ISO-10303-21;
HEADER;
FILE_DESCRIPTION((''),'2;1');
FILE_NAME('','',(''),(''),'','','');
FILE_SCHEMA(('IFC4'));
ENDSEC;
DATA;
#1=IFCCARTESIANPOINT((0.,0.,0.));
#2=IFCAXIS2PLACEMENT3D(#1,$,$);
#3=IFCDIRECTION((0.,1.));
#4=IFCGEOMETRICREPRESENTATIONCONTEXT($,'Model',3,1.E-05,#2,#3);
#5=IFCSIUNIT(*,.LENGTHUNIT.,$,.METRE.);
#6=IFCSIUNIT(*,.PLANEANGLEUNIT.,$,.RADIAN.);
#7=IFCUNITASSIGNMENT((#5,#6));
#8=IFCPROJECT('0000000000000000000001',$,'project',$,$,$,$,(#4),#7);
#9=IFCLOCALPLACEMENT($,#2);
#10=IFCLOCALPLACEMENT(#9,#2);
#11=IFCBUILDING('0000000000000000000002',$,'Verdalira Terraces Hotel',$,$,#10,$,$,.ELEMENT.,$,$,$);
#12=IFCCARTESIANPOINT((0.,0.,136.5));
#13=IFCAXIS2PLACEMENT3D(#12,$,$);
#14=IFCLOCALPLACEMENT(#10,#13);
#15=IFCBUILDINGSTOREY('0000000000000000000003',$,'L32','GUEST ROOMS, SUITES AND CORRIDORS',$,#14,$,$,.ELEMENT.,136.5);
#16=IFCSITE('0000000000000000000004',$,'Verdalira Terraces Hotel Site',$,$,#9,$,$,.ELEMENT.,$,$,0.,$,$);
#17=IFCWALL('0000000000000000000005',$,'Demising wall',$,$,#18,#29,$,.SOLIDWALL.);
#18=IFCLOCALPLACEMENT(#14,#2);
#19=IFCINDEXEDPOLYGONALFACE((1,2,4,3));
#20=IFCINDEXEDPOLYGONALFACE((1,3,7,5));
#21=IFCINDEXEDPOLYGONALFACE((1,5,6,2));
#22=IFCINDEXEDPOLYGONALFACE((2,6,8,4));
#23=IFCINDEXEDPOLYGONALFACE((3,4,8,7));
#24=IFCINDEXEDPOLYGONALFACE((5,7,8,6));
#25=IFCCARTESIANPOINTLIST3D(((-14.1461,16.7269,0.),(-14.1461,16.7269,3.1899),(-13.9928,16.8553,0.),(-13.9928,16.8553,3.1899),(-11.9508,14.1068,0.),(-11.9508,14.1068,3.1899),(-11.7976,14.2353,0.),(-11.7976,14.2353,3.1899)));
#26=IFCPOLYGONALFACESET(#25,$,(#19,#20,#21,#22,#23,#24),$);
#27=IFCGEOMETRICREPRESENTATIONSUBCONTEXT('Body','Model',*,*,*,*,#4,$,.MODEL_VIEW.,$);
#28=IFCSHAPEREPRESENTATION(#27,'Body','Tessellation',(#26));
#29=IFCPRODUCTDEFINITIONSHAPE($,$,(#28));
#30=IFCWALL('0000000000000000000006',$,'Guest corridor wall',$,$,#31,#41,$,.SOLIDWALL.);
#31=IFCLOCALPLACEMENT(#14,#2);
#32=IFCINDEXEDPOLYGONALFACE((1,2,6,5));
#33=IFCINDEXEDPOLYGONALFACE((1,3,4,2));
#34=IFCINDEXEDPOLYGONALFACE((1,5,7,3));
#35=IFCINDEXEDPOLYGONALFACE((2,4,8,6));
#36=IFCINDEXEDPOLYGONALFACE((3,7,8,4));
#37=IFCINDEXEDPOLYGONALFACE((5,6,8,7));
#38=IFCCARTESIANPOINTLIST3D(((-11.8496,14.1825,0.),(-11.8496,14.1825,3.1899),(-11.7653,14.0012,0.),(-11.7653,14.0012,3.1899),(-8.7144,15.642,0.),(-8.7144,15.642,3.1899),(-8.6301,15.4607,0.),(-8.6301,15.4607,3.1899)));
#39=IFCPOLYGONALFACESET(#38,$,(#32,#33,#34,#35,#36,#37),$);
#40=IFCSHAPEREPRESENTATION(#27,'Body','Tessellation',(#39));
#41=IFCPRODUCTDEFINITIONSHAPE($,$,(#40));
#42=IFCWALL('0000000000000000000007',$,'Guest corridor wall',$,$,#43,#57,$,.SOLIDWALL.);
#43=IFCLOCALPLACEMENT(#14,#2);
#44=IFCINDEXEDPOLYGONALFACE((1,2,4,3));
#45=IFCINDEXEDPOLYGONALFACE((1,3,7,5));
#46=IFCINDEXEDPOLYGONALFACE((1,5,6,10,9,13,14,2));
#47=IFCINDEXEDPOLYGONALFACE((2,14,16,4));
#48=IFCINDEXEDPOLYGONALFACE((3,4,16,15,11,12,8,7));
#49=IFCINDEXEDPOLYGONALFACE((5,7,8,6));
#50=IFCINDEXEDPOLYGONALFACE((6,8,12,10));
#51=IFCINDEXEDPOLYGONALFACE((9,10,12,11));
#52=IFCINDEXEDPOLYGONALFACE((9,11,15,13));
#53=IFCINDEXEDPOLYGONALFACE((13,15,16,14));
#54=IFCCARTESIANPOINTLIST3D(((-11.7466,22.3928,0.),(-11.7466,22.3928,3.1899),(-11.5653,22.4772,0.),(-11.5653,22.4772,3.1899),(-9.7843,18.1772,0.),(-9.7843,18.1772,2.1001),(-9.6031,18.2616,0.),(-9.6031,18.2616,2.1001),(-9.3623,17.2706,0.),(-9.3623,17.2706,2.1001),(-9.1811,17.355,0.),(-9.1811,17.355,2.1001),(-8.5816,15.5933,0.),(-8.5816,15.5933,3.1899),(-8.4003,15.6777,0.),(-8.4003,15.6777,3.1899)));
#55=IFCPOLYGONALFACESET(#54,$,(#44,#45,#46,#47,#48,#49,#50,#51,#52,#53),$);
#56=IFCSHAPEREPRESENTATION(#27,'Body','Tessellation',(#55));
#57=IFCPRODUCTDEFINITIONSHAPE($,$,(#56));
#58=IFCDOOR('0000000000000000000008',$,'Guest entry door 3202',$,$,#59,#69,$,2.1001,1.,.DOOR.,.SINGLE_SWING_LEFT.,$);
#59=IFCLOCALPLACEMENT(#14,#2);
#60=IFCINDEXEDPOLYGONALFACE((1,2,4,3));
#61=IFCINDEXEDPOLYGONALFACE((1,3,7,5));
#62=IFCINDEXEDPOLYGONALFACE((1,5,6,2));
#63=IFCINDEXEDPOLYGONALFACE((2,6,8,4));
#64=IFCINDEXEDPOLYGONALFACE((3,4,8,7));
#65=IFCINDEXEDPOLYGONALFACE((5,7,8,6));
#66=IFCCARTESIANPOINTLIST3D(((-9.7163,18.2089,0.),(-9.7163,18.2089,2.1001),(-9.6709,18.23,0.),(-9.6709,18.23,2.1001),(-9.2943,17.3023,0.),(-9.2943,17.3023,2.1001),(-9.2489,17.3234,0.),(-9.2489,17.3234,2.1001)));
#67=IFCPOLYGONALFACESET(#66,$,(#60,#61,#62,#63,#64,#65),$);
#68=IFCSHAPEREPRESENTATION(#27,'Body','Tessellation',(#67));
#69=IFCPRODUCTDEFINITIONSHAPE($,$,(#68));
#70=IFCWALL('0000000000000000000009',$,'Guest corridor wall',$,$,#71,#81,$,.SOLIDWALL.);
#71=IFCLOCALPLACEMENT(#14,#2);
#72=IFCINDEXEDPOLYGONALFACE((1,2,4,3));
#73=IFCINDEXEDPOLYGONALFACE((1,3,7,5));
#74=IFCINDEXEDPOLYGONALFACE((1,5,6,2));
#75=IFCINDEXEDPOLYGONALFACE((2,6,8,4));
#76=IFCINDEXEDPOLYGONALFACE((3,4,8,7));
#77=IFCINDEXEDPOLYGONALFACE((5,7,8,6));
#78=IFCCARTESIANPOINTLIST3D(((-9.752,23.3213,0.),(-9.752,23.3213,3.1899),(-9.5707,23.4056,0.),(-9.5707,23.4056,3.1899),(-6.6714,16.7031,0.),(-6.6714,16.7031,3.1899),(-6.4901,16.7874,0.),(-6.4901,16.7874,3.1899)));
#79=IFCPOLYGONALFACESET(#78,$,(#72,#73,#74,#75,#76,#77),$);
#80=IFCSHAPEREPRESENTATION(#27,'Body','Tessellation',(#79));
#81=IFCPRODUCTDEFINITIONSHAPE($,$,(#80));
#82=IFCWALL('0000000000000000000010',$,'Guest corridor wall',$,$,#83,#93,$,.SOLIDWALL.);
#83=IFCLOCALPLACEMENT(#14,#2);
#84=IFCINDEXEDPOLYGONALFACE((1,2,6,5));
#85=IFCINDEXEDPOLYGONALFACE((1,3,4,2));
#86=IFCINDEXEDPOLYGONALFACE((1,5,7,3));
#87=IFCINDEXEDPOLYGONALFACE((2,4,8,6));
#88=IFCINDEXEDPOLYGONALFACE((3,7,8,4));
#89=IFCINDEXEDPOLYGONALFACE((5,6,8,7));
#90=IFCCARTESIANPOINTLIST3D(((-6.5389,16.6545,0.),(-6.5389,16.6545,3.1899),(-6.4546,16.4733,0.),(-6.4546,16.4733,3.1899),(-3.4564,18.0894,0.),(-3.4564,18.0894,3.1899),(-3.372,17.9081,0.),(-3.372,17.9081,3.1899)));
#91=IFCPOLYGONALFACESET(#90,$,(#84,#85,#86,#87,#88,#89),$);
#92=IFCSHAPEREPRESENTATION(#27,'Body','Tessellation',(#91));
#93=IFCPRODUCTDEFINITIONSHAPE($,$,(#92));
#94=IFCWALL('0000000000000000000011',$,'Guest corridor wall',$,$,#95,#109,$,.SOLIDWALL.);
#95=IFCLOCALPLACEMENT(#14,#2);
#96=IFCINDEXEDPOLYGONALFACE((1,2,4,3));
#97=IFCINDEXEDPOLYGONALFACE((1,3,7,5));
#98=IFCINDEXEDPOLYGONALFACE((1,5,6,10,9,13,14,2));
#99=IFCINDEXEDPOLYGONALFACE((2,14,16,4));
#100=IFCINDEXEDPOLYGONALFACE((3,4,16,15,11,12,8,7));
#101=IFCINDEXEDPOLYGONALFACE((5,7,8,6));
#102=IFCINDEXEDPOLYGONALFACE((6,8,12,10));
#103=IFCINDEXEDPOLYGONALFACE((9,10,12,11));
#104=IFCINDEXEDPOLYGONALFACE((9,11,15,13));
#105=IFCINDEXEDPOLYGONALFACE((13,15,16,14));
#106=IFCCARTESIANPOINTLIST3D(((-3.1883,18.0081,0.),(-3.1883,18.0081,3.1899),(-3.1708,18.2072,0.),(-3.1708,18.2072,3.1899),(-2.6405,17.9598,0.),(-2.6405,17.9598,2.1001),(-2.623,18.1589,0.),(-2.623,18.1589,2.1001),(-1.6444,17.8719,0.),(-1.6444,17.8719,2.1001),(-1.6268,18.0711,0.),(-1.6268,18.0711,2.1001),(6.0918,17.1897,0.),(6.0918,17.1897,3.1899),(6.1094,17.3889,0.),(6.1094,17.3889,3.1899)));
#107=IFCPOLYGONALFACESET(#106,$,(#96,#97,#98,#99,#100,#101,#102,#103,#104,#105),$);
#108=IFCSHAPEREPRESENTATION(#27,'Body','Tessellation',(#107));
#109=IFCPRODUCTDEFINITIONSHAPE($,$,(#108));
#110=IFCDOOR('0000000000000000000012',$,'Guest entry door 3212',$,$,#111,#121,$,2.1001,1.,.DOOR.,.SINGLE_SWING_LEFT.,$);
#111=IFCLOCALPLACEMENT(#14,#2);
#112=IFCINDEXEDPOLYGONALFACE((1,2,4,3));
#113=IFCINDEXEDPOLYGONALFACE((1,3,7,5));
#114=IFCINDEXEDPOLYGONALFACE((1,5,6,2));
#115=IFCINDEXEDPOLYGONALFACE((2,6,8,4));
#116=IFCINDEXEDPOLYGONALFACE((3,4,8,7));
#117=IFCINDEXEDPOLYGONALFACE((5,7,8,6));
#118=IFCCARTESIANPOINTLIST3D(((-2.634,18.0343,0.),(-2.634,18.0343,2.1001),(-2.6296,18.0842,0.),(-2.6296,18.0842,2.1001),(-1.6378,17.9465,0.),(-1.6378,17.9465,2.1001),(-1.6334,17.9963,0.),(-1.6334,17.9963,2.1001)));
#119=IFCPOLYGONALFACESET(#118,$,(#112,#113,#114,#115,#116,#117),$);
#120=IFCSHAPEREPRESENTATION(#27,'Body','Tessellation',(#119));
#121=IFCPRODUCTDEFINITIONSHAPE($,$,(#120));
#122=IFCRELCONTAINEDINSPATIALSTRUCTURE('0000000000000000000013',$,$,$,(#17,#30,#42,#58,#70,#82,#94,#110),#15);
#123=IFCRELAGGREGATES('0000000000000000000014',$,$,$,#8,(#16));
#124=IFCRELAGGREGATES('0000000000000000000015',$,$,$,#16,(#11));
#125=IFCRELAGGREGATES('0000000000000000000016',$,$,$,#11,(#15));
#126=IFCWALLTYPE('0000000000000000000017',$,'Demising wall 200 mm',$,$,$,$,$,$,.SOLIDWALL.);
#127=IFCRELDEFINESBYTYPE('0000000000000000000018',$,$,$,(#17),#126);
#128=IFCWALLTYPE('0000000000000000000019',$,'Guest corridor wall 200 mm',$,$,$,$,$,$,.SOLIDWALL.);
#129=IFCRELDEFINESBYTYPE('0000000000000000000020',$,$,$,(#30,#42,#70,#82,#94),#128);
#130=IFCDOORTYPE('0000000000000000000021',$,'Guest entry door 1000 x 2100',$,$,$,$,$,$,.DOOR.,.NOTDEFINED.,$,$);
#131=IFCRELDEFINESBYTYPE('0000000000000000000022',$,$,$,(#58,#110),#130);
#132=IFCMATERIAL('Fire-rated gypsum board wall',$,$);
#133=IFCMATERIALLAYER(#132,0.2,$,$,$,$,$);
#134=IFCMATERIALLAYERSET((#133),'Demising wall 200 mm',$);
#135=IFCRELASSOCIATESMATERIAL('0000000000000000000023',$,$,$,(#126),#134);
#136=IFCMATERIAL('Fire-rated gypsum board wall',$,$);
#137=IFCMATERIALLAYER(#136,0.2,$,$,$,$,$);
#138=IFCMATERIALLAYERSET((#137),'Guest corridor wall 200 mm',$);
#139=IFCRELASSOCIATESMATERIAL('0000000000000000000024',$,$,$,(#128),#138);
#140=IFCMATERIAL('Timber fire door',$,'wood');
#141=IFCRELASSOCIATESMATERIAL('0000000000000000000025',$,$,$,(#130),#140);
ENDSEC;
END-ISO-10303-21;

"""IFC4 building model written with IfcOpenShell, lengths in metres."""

from ifc_helpers import new_model, si_unit, direction, frame, frame_2d, origin, place, context, subcontext, project, spatial, rectangle, extrude, material, layer, layer_set, type_object, element, fill, save


model = new_model("IFC4")

# Units and contexts
model_context = context("Model", 3, precision=1e-05, world=origin(), true_north=direction((0.0, 1.0)))
body_context = subcontext(model_context, "Body", "Model", "MODEL_VIEW")
ifc_project = project(units=[si_unit("LENGTHUNIT", "METRE"), si_unit("PLANEANGLEUNIT", "RADIAN")], contexts=[model_context])

# Site, building, storey
site_placement = place(None, origin())
site = spatial("IfcSite", under=ifc_project, at=site_placement, Name="Verdalira Terraces Hotel Site", CompositionType="ELEMENT", RefElevation=0.0)
building_placement = place(site_placement, origin())
building = spatial("IfcBuilding", under=site, at=building_placement, Name="Verdalira Terraces Hotel", CompositionType="ELEMENT")
storey_placement = place(building_placement, frame((0.0, 0.0, 136.5)))
storey = spatial("IfcBuildingStorey", under=building, at=storey_placement, Name="L32", Description="GUEST ROOMS, SUITES AND CORRIDORS", CompositionType="ELEMENT", Elevation=136.5)

# Walls
ifc_material_1 = material(Name="Fire-rated gypsum board wall")
ifc_layer_1 = layer(ifc_material_1, 0.2)
ifc_layer_set_1 = layer_set([ifc_layer_1], Name="Demising wall 200 mm")
wall_type_1 = type_object("IfcWallType", Name="Demising wall 200 mm", PredefinedType="SOLIDWALL", material=ifc_layer_set_1)
wall_1_placement = place(storey_placement, frame((-11.8743, 14.1711, 0.0), z_axis=(0.0, 0.0, 1.0), x_axis=(-0.642233, 0.766509, 0.0)))
element("IfcWall", 1, at=wall_1_placement, inside=storey, type_object=wall_type_1, Name="Demising wall", PredefinedType="SOLIDWALL", context=body_context, shape_type="SweptSolid", body=[
    extrude(rectangle(XDim=3.4182, YDim=0.2, at=frame_2d((1.709, 0.0))), origin(), (0.0, 0.0, 1.0), 3.1899),
])
ifc_material_2 = material(Name="Fire-rated gypsum board wall")
ifc_layer_2 = layer(ifc_material_2, 0.2)
ifc_layer_set_2 = layer_set([ifc_layer_2], Name="Guest corridor wall 200 mm")
wall_type_2 = type_object("IfcWallType", Name="Guest corridor wall 200 mm", PredefinedType="SOLIDWALL", material=ifc_layer_set_2)
wall_2_placement = place(storey_placement, frame((-8.6724, 15.5513, 0.0), z_axis=(0.0, 0.0, 1.0), x_axis=(-0.906587, -0.42202, 0.0)))
element("IfcWall", 2, at=wall_2_placement, inside=storey, type_object=wall_type_2, Name="Guest corridor wall", PredefinedType="SOLIDWALL", context=body_context, shape_type="SweptSolid", body=[
    extrude(rectangle(XDim=3.4583, YDim=0.2, at=frame_2d((1.729, 0.0))), origin(), (0.0, 0.0, 1.0), 3.1899),
])

# Wall, opening, door
wall_3_placement = place(storey_placement, frame((-8.491, 15.6355, 0.0), z_axis=(0.0, 0.0, 1.0), x_axis=(-0.422, 0.906596, 0.0)))
wall_3 = element("IfcWall", 3, at=wall_3_placement, inside=storey, type_object=wall_type_2, Name="Guest corridor wall", PredefinedType="SOLIDWALL", context=body_context, shape_type="SweptSolid", body=[
    extrude(rectangle(XDim=7.5, YDim=0.2, at=frame_2d((3.75, 0.0))), origin(), (0.0, 0.0, 1.0), 3.1899),
])
opening_1_placement = place(wall_3_placement, frame((1.8501, 0.0, 0.0)))
opening_1 = element("IfcOpeningElement", 4, at=opening_1_placement, cuts=wall_3, PredefinedType="OPENING", context=body_context, shape_type="SweptSolid", body=[
    extrude(rectangle(XDim=1.0, YDim=2.1001, at=frame_2d((0.5, 1.05))), frame((0.0, 0.1099, 0.0), z_axis=(0.0, -1.0, 0.0), x_axis=(1.0, 0.0, 0.0)), (0.0, 0.0, 1.0), 0.22),
])
ifc_material_3 = material(Name="Timber fire door", Category="wood")
door_type_1 = type_object("IfcDoorType", Name="Guest entry door 1000 x 2100", OperationType="NOTDEFINED", PredefinedType="DOOR", material=ifc_material_3)
door_1_placement = place(opening_1_placement, origin())
door_1 = element("IfcDoor", 5, at=door_1_placement, inside=storey, type_object=door_type_1, Name="Guest entry door 3202", OperationType="SINGLE_SWING_LEFT", OverallHeight=2.1001, OverallWidth=1.0, PredefinedType="DOOR", context=body_context, shape_type="SweptSolid", body=[
    extrude(rectangle(XDim=1.0, YDim=2.1001, at=frame_2d((0.5, 1.05))), frame((0.0, 0.0249, 0.0), z_axis=(0.0, -1.0, 0.0), x_axis=(1.0, 0.0, 0.0)), (0.0, 0.0, 1.0), 0.05),
])
fill(opening_1, door_1)

# Walls
wall_4_placement = place(storey_placement, frame((-6.5808, 16.7454, 0.0), z_axis=(0.0, 0.0, 1.0), x_axis=(-0.421995, 0.906598, 0.0)))
element("IfcWall", 6, at=wall_4_placement, inside=storey, type_object=wall_type_2, Name="Guest corridor wall", PredefinedType="SOLIDWALL", context=body_context, shape_type="SweptSolid", body=[
    extrude(rectangle(XDim=7.3, YDim=0.2, at=frame_2d((3.6499, 0.0))), origin(), (0.0, 0.0, 1.0), 3.1899),
])
wall_5_placement = place(storey_placement, frame((-3.4141, 17.9988, 0.0), z_axis=(0.0, 0.0, 1.0), x_axis=(-0.906599, -0.421993, 0.0)))
element("IfcWall", 7, at=wall_5_placement, inside=storey, type_object=wall_type_2, Name="Guest corridor wall", PredefinedType="SOLIDWALL", context=body_context, shape_type="SweptSolid", body=[
    extrude(rectangle(XDim=3.4001, YDim=0.2, at=frame_2d((1.7002, 0.0))), origin(), (0.0, 0.0, 1.0), 3.1899),
])

# Wall, opening, door
wall_6_placement = place(storey_placement, frame((-3.1797, 18.1077, 0.0), z_axis=(0.0, 0.0, 1.0), x_axis=(0.996134, -0.087844, 0.0)))
wall_6 = element("IfcWall", 8, at=wall_6_placement, inside=storey, type_object=wall_type_2, Name="Guest corridor wall", PredefinedType="SOLIDWALL", context=body_context, shape_type="SweptSolid", body=[
    extrude(rectangle(XDim=9.3162, YDim=0.2, at=frame_2d((4.6582, 0.0))), origin(), (0.0, 0.0, 1.0), 3.1899),
])
opening_2_placement = place(wall_6_placement, frame((0.55, 0.0, 0.0)))
opening_2 = element("IfcOpeningElement", 9, at=opening_2_placement, cuts=wall_6, PredefinedType="OPENING", context=body_context, shape_type="SweptSolid", body=[
    extrude(rectangle(XDim=1.0, YDim=2.1001, at=frame_2d((0.5, 1.05))), frame((0.0, 0.1099, 0.0), z_axis=(0.0, -1.0, 0.0), x_axis=(1.0, 0.0, 0.0)), (0.0, 0.0, 1.0), 0.22),
])
door_2_placement = place(opening_2_placement, origin())
door_2 = element("IfcDoor", 10, at=door_2_placement, inside=storey, type_object=door_type_1, Name="Guest entry door 3212", OperationType="SINGLE_SWING_LEFT", OverallHeight=2.1001, OverallWidth=1.0, PredefinedType="DOOR", context=body_context, shape_type="SweptSolid", body=[
    extrude(rectangle(XDim=1.0, YDim=2.1001, at=frame_2d((0.5, 1.05))), frame((0.0, 0.0249, 0.0), z_axis=(0.0, -1.0, 0.0), x_axis=(1.0, 0.0, 0.0)), (0.0, 0.0, 1.0), 0.05),
])
fill(opening_2, door_2)

save(model, "model.ifc")
